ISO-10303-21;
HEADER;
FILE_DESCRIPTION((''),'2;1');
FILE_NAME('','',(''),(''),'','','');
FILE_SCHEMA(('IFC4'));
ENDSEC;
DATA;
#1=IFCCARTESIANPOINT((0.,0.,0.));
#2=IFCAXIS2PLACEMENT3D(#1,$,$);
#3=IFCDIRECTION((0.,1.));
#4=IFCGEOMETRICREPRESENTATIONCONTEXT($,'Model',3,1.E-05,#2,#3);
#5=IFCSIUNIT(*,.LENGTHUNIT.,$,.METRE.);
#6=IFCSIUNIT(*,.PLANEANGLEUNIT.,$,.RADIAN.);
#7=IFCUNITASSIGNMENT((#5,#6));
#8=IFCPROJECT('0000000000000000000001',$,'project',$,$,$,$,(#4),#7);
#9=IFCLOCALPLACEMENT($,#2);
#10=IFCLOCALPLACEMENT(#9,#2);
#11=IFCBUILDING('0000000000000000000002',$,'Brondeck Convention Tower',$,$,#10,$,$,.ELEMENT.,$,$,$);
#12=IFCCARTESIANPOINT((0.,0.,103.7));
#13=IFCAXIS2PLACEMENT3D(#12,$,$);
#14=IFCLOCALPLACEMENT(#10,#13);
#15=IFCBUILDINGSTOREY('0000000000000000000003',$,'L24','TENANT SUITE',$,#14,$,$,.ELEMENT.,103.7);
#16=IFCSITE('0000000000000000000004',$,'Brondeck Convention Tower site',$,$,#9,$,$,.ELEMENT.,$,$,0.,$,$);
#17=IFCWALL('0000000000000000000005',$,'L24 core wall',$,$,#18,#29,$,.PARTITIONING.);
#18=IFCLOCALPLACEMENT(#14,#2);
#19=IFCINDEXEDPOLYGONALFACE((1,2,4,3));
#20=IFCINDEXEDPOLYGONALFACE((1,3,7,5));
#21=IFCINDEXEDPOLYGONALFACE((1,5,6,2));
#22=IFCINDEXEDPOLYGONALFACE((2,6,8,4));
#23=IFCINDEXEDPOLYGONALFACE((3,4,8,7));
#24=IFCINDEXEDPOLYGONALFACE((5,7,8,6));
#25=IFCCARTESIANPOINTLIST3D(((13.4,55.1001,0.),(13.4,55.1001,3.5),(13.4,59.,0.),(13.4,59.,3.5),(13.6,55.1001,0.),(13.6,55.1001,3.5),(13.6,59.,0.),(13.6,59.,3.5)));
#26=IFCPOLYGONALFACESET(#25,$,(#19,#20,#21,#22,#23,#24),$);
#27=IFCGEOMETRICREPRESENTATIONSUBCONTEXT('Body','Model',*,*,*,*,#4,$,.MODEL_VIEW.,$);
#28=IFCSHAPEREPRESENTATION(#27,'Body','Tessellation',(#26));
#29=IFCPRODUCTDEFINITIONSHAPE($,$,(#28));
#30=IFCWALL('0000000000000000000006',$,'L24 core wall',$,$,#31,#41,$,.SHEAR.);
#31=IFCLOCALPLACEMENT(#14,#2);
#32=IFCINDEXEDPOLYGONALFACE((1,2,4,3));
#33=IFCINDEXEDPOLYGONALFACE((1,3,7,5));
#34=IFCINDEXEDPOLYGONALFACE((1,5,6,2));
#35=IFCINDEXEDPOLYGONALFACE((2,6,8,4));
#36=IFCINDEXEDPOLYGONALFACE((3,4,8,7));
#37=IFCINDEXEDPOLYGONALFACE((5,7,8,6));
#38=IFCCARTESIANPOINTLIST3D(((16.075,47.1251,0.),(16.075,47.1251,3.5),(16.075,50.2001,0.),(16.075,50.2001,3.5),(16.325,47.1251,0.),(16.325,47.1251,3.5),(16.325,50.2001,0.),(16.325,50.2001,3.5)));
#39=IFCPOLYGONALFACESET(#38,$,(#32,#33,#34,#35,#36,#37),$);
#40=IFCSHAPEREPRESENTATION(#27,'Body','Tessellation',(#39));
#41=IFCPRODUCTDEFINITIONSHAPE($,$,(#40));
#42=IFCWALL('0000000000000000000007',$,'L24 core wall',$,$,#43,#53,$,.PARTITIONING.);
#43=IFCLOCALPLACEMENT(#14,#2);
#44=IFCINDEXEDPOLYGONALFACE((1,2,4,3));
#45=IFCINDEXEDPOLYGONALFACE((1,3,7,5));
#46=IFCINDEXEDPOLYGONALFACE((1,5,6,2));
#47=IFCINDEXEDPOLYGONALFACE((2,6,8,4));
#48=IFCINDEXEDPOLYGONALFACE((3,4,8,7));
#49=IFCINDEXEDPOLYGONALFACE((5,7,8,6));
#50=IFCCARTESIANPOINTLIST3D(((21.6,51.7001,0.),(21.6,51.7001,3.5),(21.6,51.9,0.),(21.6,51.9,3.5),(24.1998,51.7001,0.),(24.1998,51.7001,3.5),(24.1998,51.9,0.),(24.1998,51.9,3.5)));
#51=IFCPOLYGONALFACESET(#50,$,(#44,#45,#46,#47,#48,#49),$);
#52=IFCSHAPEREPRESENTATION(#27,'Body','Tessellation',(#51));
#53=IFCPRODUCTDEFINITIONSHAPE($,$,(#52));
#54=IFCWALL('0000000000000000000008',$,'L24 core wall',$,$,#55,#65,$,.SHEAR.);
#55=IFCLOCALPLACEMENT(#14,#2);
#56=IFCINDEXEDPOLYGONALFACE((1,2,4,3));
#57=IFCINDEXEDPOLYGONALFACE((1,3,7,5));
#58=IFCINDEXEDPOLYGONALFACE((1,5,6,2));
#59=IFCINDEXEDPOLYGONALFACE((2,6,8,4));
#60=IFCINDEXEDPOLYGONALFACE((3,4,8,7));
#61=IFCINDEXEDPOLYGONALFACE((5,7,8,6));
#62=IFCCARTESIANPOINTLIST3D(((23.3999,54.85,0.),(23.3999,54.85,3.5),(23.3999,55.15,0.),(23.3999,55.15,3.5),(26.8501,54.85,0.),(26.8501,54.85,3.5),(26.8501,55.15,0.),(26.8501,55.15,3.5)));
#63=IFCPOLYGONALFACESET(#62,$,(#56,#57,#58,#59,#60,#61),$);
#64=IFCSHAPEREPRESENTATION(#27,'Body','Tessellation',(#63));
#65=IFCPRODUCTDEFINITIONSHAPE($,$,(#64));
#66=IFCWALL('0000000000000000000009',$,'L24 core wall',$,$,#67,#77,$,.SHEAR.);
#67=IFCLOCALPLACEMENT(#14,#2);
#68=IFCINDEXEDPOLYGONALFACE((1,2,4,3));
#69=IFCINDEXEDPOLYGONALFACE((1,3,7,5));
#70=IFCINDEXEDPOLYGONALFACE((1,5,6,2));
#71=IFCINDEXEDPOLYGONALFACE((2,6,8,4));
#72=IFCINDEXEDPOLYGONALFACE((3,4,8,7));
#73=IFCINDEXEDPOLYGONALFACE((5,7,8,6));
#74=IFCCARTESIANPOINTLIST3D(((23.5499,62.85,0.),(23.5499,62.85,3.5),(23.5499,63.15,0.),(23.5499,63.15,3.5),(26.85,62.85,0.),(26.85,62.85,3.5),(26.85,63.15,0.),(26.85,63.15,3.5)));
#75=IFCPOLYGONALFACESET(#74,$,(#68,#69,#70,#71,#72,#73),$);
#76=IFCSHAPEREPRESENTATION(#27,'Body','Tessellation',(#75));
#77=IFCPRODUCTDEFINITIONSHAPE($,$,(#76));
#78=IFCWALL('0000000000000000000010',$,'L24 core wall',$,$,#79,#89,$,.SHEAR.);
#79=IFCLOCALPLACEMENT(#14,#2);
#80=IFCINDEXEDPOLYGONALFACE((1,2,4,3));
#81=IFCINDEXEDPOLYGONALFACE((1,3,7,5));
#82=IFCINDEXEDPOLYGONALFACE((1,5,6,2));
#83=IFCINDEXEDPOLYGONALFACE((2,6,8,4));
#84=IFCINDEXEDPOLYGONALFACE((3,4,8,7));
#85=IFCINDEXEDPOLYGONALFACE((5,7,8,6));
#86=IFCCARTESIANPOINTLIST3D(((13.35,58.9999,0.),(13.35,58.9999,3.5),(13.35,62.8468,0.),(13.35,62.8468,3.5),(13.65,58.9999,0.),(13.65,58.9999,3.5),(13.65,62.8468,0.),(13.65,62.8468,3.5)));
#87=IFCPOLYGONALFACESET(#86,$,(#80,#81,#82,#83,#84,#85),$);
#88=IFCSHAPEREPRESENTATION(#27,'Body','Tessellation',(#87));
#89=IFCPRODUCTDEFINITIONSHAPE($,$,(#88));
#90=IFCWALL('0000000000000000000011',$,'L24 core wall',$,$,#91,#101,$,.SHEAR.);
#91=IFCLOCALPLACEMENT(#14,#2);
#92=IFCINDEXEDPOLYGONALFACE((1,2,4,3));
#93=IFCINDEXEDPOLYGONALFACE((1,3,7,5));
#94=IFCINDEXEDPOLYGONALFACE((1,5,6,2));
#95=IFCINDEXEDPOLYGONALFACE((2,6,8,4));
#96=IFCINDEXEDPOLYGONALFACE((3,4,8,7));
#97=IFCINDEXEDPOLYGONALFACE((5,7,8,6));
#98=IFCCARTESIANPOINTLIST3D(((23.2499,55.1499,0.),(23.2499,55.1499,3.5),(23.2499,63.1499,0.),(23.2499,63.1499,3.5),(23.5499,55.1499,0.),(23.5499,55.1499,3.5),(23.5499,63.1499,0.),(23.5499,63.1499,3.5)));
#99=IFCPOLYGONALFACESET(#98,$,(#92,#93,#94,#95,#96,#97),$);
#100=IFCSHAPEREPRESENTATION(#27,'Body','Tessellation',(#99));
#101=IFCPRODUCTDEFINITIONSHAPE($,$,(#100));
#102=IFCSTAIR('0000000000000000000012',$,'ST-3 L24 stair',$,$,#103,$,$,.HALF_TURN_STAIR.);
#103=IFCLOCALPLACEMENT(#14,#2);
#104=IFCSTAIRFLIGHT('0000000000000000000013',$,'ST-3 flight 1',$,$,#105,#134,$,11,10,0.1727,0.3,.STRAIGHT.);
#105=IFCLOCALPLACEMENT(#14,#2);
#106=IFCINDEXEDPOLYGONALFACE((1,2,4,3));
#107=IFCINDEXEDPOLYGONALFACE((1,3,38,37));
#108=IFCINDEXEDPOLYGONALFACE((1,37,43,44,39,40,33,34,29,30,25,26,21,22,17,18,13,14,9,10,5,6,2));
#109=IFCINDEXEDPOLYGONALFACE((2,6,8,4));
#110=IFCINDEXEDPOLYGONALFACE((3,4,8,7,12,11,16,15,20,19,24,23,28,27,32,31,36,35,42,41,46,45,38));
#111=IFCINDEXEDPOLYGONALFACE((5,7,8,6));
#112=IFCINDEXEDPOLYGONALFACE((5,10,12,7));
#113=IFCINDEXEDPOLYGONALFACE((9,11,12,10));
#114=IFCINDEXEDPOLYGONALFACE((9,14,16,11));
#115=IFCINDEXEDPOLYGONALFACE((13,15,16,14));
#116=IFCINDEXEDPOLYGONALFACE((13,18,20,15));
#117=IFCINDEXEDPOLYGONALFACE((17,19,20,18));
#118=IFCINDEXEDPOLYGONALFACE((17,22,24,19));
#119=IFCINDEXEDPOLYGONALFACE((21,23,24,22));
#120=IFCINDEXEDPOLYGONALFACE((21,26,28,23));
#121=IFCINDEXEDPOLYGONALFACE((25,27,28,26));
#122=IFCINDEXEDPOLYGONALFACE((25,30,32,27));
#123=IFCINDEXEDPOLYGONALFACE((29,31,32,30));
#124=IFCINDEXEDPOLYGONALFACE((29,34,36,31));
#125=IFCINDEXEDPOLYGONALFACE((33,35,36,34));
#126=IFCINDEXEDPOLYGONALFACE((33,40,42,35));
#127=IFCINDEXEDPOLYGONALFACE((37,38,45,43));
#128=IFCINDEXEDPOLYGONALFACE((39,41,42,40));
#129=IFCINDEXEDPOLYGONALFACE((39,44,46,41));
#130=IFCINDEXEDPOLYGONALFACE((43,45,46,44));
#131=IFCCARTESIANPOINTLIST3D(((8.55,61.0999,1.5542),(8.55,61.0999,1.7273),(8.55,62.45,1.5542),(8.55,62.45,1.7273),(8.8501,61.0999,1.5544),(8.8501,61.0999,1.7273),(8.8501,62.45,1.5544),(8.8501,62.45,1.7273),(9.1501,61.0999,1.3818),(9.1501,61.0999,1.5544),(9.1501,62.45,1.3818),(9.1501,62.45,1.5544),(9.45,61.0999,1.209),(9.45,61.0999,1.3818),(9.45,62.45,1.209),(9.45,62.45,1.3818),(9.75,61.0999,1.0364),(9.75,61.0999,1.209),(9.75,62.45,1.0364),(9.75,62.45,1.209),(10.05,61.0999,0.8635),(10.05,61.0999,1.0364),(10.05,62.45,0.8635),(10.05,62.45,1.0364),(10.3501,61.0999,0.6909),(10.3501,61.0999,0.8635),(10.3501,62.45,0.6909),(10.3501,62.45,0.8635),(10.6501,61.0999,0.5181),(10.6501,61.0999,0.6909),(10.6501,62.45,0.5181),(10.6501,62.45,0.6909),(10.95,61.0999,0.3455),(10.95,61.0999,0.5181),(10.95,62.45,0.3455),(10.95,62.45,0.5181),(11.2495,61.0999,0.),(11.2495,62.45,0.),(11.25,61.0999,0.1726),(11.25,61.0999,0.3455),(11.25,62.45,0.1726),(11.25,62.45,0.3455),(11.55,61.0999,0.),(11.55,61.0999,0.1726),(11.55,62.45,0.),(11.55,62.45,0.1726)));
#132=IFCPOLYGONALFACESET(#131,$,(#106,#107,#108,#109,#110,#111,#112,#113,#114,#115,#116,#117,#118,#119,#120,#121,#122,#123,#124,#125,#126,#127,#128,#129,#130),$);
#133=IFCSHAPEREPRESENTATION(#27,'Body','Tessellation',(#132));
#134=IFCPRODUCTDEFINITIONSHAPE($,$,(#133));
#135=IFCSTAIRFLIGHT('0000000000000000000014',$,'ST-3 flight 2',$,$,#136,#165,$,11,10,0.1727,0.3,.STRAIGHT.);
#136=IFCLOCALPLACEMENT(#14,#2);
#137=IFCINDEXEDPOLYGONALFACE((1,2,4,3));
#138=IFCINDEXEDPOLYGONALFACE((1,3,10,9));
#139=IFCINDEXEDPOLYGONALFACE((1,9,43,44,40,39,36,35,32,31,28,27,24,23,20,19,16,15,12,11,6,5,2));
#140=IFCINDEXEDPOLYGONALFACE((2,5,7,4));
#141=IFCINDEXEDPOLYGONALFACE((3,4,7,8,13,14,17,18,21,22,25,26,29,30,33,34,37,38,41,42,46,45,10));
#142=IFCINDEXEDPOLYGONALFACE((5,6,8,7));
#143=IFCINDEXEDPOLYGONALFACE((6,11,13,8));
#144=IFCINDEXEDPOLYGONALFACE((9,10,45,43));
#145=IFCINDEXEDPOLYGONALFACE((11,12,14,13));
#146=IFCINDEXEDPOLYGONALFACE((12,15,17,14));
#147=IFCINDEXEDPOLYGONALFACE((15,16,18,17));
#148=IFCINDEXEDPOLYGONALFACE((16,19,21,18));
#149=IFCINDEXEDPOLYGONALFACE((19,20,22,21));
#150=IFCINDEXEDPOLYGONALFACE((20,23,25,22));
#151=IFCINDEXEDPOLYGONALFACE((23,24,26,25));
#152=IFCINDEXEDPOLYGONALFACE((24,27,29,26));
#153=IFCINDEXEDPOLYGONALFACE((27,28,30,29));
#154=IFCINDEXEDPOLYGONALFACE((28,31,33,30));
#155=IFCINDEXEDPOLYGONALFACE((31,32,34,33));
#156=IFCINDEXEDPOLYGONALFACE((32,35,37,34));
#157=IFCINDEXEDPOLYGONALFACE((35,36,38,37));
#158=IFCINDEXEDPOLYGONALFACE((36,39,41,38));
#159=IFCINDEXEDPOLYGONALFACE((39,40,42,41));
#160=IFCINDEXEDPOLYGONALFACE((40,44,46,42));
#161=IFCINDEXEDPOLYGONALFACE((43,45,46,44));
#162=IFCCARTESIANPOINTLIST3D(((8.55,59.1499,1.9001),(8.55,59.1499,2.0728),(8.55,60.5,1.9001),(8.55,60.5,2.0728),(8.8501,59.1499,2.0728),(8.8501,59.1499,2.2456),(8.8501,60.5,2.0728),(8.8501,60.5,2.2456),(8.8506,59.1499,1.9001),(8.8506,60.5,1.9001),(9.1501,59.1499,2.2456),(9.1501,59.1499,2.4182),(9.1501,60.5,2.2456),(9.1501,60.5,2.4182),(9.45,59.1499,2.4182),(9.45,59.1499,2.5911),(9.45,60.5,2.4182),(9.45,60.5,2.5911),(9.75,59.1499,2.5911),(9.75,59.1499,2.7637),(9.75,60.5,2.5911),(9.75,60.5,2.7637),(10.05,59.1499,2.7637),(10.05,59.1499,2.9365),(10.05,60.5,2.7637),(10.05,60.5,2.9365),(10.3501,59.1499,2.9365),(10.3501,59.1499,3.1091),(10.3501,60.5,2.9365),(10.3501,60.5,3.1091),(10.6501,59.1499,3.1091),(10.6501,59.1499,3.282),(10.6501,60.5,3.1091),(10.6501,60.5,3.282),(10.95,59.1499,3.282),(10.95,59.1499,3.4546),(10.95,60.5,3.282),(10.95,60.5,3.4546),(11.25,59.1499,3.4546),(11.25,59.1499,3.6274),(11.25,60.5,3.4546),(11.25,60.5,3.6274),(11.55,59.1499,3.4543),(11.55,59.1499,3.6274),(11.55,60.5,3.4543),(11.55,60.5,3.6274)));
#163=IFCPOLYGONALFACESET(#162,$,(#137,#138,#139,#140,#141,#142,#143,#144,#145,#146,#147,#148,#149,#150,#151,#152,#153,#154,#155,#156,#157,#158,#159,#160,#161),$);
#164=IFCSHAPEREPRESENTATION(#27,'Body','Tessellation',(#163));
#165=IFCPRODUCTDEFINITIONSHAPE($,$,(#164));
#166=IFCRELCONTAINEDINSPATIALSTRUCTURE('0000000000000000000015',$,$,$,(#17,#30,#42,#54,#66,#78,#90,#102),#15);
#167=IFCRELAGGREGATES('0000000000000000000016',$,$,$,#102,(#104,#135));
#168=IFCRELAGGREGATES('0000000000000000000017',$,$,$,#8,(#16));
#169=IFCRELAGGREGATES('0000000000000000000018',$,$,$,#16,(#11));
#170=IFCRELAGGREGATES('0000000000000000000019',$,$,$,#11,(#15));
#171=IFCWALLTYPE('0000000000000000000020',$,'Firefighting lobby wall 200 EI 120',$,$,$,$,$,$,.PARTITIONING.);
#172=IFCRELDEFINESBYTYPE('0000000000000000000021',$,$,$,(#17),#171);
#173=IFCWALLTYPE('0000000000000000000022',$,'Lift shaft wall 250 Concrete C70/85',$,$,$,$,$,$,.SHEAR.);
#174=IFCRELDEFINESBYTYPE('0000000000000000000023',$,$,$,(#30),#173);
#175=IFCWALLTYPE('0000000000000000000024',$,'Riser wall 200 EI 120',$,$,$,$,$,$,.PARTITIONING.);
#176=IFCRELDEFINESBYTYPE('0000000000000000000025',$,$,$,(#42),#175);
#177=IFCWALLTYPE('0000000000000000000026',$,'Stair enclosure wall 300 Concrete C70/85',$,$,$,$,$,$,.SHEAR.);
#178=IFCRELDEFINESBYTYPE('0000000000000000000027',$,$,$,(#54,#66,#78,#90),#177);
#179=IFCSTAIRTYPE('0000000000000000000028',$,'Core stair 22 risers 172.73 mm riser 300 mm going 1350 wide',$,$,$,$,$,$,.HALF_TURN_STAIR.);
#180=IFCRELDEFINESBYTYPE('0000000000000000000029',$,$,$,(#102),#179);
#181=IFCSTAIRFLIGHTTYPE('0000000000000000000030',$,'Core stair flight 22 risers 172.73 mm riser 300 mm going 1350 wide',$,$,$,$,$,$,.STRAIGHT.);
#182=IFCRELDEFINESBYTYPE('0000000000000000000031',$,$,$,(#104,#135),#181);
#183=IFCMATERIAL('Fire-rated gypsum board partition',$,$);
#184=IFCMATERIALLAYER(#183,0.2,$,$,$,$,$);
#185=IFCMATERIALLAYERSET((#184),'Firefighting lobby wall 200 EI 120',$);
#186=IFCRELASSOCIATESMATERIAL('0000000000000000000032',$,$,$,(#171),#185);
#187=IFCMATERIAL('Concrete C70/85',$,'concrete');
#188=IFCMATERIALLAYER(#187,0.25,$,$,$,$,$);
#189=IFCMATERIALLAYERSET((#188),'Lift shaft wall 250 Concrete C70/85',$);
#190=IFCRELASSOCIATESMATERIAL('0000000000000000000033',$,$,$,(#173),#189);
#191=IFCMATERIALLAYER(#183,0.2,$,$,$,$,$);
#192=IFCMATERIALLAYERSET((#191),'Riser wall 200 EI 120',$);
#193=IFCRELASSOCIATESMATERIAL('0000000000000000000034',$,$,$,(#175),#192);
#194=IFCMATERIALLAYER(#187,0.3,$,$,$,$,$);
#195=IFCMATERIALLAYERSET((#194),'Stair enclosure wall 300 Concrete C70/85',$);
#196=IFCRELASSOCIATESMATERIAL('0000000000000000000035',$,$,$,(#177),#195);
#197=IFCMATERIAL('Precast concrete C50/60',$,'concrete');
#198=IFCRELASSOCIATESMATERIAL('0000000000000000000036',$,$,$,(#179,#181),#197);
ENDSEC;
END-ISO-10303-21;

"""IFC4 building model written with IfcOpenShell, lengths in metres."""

from ifc_helpers import new_model, si_unit, direction, frame, frame_2d, origin, place, context, subcontext, project, spatial, polyline, rectangle, outline, extrude, material, layer, layer_set, type_object, element, aggregate, save


model = new_model("IFC4")

# Units and contexts
model_context = context("Model", 3, precision=1e-05, world=origin(), true_north=direction((0.0, 1.0)))
body_context = subcontext(model_context, "Body", "Model", "MODEL_VIEW")
ifc_project = project(units=[si_unit("LENGTHUNIT", "METRE"), si_unit("PLANEANGLEUNIT", "RADIAN")], contexts=[model_context])

# Site, building, storey
site_placement = place(None, origin())
site = spatial("IfcSite", under=ifc_project, at=site_placement, Name="Brondeck Convention Tower site", CompositionType="ELEMENT", RefElevation=0.0)
building_placement = place(site_placement, origin())
building = spatial("IfcBuilding", under=site, at=building_placement, Name="Brondeck Convention Tower", CompositionType="ELEMENT")
storey_placement = place(building_placement, frame((0.0, 0.0, 103.7)))
storey = spatial("IfcBuildingStorey", under=building, at=storey_placement, Name="L24", Description="TENANT SUITE", CompositionType="ELEMENT", Elevation=103.7)

# Shared definitions
ifc_material_1 = material(Name="Concrete C70/85", Category="concrete")

# Shared definitions
ifc_material_2 = material(Name="Fire-rated gypsum board partition")

# Shared definitions
ifc_layer_1 = layer(ifc_material_2, 0.2)
ifc_layer_set_1 = layer_set([ifc_layer_1], Name="Firefighting lobby wall 200 EI 120")
wall_type_1 = type_object("IfcWallType", Name="Firefighting lobby wall 200 EI 120", PredefinedType="PARTITIONING", material=ifc_layer_set_1)

# Walls
wall_1_placement = place(storey_placement, frame((13.5, 55.1001, 0.0), z_axis=(0.0, 0.0, 1.0), x_axis=(0.0, 1.0, 0.0)))
element("IfcWall", 1, at=wall_1_placement, inside=storey, type_object=wall_type_1, Name="L24 core wall", PredefinedType="PARTITIONING", context=body_context, shape_type="SweptSolid", body=[
    extrude(rectangle(XDim=3.8999, YDim=0.2, at=frame_2d((1.95, 0.0))), origin(), (0.0, 0.0, 1.0), 3.5),
])
ifc_layer_2 = layer(ifc_material_1, 0.25)
ifc_layer_set_2 = layer_set([ifc_layer_2], Name="Lift shaft wall 250 Concrete C70/85")
wall_type_2 = type_object("IfcWallType", Name="Lift shaft wall 250 Concrete C70/85", PredefinedType="SHEAR", material=ifc_layer_set_2)
wall_2_placement = place(storey_placement, frame((16.2, 47.125, 0.0), z_axis=(0.0, 0.0, 1.0), x_axis=(0.0, 1.0, 0.0)))
element("IfcWall", 2, at=wall_2_placement, inside=storey, type_object=wall_type_2, Name="L24 core wall", PredefinedType="SHEAR", context=body_context, shape_type="SweptSolid", body=[
    extrude(rectangle(XDim=3.075, YDim=0.25, at=frame_2d((1.5376, 0.0))), origin(), (0.0, 0.0, 1.0), 3.5),
])
ifc_layer_3 = layer(ifc_material_2, 0.2)
ifc_layer_set_3 = layer_set([ifc_layer_3], Name="Riser wall 200 EI 120")
wall_type_3 = type_object("IfcWallType", Name="Riser wall 200 EI 120", PredefinedType="PARTITIONING", material=ifc_layer_set_3)
wall_3_placement = place(storey_placement, frame((21.6001, 51.8, 0.0), z_axis=(0.0, 0.0, 1.0), x_axis=(1.0, 0.0, 0.0)))
element("IfcWall", 3, at=wall_3_placement, inside=storey, type_object=wall_type_3, Name="L24 core wall", PredefinedType="PARTITIONING", context=body_context, shape_type="SweptSolid", body=[
    extrude(rectangle(XDim=2.5999, YDim=0.2, at=frame_2d((1.2998, 0.0))), origin(), (0.0, 0.0, 1.0), 3.5),
])
ifc_layer_4 = layer(ifc_material_1, 0.3)
ifc_layer_set_4 = layer_set([ifc_layer_4], Name="Stair enclosure wall 300 Concrete C70/85")
wall_type_4 = type_object("IfcWallType", Name="Stair enclosure wall 300 Concrete C70/85", PredefinedType="SHEAR", material=ifc_layer_set_4)
wall_4_placement = place(storey_placement, frame((23.3999, 55.0, 0.0), z_axis=(0.0, 0.0, 1.0), x_axis=(1.0, 0.0, 0.0)))
element("IfcWall", 4, at=wall_4_placement, inside=storey, type_object=wall_type_4, Name="L24 core wall", PredefinedType="SHEAR", context=body_context, shape_type="SweptSolid", body=[
    extrude(rectangle(XDim=3.4502, YDim=0.3, at=frame_2d((1.7251, 0.0))), origin(), (0.0, 0.0, 1.0), 3.5),
])
wall_5_placement = place(storey_placement, frame((23.55, 63.0, 0.0), z_axis=(0.0, 0.0, 1.0), x_axis=(1.0, 0.0, 0.0)))
element("IfcWall", 5, at=wall_5_placement, inside=storey, type_object=wall_type_4, Name="L24 core wall", PredefinedType="SHEAR", context=body_context, shape_type="SweptSolid", body=[
    extrude(rectangle(XDim=3.3, YDim=0.3, at=frame_2d((1.6499, 0.0))), origin(), (0.0, 0.0, 1.0), 3.5),
])
wall_6_placement = place(storey_placement, frame((13.5, 59.0, 0.0), z_axis=(0.0, 0.0, 1.0), x_axis=(0.0, 1.0, 0.0)))
element("IfcWall", 6, at=wall_6_placement, inside=storey, type_object=wall_type_4, Name="L24 core wall", PredefinedType="SHEAR", context=body_context, shape_type="SweptSolid", body=[
    extrude(rectangle(XDim=3.8469, YDim=0.3, at=frame_2d((1.9233, 0.0))), origin(), (0.0, 0.0, 1.0), 3.5),
])
wall_7_placement = place(storey_placement, frame((23.3999, 55.1499, 0.0), z_axis=(0.0, 0.0, 1.0), x_axis=(0.0, 1.0, 0.0)))
element("IfcWall", 7, at=wall_7_placement, inside=storey, type_object=wall_type_4, Name="L24 core wall", PredefinedType="SHEAR", context=body_context, shape_type="SweptSolid", body=[
    extrude(rectangle(XDim=8.0, YDim=0.3, at=frame_2d((4.0, 0.0))), origin(), (0.0, 0.0, 1.0), 3.5),
])

# Stair, stair flights
ifc_material_3 = material(Name="Precast concrete C50/60", Category="concrete")
stair_type = type_object("IfcStairType", Name="Core stair 22 risers 172.73 mm riser 300 mm going 1350 wide", PredefinedType="HALF_TURN_STAIR", material=ifc_material_3)
stair_placement = place(storey_placement, origin())
stair = element("IfcStair", 8, at=stair_placement, inside=storey, type_object=stair_type, Name="ST-3 L24 stair", PredefinedType="HALF_TURN_STAIR")
stair_flight_type = type_object("IfcStairFlightType", Name="Core stair flight 22 risers 172.73 mm riser 300 mm going 1350 wide", PredefinedType="STRAIGHT", material=ifc_material_3)
stair_flight_1_placement = place(storey_placement, frame((11.55, 61.7749, 0.0), z_axis=(0.0, 0.0, 1.0), x_axis=(-1.0, 0.0, 0.0)))
stair_flight_1 = element("IfcStairFlight", 9, at=stair_flight_1_placement, type_object=stair_flight_type, Name="ST-3 flight 1", NumberOfRisers=11, NumberOfTreads=10, PredefinedType="STRAIGHT", RiserHeight=0.1727, TreadLength=0.3, context=body_context, shape_type="SweptSolid", body=[
    extrude(outline(polyline([(0.0, 0.0), (0.0, 0.1726), (0.3, 0.1726), (0.3, 0.3455), (0.6001, 0.3455), (0.6001, 0.5181), (0.8999, 0.5181), (0.8999, 0.6909), (1.2, 0.6909), (1.2, 0.8635), (1.5, 0.8635), (1.5, 1.0364), (1.8, 1.0364), (1.8, 1.209), (2.1001, 1.209), (2.1001, 1.3818), (2.3999, 1.3818), (2.3999, 1.5544), (2.7, 1.5544), (2.7, 1.7273), (3.0, 1.7273), (3.0, 1.8999), (3.0, 1.5542), (0.3005, 0.0), (0.0, 0.0)])), frame((0.0, 0.675, 0.0), z_axis=(0.0, -1.0, 0.0), x_axis=(1.0, 0.0, 0.0)), (0.0, 0.0, 1.0), 1.3501),
])
stair_flight_2_placement = place(storey_placement, frame((8.55, 59.825, 1.9001), z_axis=(0.0, 0.0, 1.0), x_axis=(1.0, 0.0, 0.0)))
stair_flight_2 = element("IfcStairFlight", 10, at=stair_flight_2_placement, type_object=stair_flight_type, Name="ST-3 flight 2", NumberOfRisers=11, NumberOfTreads=10, PredefinedType="STRAIGHT", RiserHeight=0.1727, TreadLength=0.3, context=body_context, shape_type="SweptSolid", body=[
    extrude(outline(polyline([(0.0, 0.0), (0.0, 0.1726), (0.3, 0.1726), (0.3, 0.3455), (0.6001, 0.3455), (0.6001, 0.5181), (0.8999, 0.5181), (0.8999, 0.6909), (1.2, 0.6909), (1.2, 0.8635), (1.5, 0.8635), (1.5, 1.0364), (1.8, 1.0364), (1.8, 1.209), (2.1001, 1.209), (2.1001, 1.3818), (2.3999, 1.3818), (2.3999, 1.5544), (2.7, 1.5544), (2.7, 1.7273), (3.0, 1.7273), (3.0, 1.8999), (3.0, 1.5542), (0.3005, 0.0), (0.0, 0.0)])), frame((0.0, 0.675, 0.0), z_axis=(0.0, -1.0, 0.0), x_axis=(1.0, 0.0, 0.0)), (0.0, 0.0, 1.0), 1.3501),
])
aggregate(stair, [stair_flight_1, stair_flight_2])

save(model, "model.ifc")
